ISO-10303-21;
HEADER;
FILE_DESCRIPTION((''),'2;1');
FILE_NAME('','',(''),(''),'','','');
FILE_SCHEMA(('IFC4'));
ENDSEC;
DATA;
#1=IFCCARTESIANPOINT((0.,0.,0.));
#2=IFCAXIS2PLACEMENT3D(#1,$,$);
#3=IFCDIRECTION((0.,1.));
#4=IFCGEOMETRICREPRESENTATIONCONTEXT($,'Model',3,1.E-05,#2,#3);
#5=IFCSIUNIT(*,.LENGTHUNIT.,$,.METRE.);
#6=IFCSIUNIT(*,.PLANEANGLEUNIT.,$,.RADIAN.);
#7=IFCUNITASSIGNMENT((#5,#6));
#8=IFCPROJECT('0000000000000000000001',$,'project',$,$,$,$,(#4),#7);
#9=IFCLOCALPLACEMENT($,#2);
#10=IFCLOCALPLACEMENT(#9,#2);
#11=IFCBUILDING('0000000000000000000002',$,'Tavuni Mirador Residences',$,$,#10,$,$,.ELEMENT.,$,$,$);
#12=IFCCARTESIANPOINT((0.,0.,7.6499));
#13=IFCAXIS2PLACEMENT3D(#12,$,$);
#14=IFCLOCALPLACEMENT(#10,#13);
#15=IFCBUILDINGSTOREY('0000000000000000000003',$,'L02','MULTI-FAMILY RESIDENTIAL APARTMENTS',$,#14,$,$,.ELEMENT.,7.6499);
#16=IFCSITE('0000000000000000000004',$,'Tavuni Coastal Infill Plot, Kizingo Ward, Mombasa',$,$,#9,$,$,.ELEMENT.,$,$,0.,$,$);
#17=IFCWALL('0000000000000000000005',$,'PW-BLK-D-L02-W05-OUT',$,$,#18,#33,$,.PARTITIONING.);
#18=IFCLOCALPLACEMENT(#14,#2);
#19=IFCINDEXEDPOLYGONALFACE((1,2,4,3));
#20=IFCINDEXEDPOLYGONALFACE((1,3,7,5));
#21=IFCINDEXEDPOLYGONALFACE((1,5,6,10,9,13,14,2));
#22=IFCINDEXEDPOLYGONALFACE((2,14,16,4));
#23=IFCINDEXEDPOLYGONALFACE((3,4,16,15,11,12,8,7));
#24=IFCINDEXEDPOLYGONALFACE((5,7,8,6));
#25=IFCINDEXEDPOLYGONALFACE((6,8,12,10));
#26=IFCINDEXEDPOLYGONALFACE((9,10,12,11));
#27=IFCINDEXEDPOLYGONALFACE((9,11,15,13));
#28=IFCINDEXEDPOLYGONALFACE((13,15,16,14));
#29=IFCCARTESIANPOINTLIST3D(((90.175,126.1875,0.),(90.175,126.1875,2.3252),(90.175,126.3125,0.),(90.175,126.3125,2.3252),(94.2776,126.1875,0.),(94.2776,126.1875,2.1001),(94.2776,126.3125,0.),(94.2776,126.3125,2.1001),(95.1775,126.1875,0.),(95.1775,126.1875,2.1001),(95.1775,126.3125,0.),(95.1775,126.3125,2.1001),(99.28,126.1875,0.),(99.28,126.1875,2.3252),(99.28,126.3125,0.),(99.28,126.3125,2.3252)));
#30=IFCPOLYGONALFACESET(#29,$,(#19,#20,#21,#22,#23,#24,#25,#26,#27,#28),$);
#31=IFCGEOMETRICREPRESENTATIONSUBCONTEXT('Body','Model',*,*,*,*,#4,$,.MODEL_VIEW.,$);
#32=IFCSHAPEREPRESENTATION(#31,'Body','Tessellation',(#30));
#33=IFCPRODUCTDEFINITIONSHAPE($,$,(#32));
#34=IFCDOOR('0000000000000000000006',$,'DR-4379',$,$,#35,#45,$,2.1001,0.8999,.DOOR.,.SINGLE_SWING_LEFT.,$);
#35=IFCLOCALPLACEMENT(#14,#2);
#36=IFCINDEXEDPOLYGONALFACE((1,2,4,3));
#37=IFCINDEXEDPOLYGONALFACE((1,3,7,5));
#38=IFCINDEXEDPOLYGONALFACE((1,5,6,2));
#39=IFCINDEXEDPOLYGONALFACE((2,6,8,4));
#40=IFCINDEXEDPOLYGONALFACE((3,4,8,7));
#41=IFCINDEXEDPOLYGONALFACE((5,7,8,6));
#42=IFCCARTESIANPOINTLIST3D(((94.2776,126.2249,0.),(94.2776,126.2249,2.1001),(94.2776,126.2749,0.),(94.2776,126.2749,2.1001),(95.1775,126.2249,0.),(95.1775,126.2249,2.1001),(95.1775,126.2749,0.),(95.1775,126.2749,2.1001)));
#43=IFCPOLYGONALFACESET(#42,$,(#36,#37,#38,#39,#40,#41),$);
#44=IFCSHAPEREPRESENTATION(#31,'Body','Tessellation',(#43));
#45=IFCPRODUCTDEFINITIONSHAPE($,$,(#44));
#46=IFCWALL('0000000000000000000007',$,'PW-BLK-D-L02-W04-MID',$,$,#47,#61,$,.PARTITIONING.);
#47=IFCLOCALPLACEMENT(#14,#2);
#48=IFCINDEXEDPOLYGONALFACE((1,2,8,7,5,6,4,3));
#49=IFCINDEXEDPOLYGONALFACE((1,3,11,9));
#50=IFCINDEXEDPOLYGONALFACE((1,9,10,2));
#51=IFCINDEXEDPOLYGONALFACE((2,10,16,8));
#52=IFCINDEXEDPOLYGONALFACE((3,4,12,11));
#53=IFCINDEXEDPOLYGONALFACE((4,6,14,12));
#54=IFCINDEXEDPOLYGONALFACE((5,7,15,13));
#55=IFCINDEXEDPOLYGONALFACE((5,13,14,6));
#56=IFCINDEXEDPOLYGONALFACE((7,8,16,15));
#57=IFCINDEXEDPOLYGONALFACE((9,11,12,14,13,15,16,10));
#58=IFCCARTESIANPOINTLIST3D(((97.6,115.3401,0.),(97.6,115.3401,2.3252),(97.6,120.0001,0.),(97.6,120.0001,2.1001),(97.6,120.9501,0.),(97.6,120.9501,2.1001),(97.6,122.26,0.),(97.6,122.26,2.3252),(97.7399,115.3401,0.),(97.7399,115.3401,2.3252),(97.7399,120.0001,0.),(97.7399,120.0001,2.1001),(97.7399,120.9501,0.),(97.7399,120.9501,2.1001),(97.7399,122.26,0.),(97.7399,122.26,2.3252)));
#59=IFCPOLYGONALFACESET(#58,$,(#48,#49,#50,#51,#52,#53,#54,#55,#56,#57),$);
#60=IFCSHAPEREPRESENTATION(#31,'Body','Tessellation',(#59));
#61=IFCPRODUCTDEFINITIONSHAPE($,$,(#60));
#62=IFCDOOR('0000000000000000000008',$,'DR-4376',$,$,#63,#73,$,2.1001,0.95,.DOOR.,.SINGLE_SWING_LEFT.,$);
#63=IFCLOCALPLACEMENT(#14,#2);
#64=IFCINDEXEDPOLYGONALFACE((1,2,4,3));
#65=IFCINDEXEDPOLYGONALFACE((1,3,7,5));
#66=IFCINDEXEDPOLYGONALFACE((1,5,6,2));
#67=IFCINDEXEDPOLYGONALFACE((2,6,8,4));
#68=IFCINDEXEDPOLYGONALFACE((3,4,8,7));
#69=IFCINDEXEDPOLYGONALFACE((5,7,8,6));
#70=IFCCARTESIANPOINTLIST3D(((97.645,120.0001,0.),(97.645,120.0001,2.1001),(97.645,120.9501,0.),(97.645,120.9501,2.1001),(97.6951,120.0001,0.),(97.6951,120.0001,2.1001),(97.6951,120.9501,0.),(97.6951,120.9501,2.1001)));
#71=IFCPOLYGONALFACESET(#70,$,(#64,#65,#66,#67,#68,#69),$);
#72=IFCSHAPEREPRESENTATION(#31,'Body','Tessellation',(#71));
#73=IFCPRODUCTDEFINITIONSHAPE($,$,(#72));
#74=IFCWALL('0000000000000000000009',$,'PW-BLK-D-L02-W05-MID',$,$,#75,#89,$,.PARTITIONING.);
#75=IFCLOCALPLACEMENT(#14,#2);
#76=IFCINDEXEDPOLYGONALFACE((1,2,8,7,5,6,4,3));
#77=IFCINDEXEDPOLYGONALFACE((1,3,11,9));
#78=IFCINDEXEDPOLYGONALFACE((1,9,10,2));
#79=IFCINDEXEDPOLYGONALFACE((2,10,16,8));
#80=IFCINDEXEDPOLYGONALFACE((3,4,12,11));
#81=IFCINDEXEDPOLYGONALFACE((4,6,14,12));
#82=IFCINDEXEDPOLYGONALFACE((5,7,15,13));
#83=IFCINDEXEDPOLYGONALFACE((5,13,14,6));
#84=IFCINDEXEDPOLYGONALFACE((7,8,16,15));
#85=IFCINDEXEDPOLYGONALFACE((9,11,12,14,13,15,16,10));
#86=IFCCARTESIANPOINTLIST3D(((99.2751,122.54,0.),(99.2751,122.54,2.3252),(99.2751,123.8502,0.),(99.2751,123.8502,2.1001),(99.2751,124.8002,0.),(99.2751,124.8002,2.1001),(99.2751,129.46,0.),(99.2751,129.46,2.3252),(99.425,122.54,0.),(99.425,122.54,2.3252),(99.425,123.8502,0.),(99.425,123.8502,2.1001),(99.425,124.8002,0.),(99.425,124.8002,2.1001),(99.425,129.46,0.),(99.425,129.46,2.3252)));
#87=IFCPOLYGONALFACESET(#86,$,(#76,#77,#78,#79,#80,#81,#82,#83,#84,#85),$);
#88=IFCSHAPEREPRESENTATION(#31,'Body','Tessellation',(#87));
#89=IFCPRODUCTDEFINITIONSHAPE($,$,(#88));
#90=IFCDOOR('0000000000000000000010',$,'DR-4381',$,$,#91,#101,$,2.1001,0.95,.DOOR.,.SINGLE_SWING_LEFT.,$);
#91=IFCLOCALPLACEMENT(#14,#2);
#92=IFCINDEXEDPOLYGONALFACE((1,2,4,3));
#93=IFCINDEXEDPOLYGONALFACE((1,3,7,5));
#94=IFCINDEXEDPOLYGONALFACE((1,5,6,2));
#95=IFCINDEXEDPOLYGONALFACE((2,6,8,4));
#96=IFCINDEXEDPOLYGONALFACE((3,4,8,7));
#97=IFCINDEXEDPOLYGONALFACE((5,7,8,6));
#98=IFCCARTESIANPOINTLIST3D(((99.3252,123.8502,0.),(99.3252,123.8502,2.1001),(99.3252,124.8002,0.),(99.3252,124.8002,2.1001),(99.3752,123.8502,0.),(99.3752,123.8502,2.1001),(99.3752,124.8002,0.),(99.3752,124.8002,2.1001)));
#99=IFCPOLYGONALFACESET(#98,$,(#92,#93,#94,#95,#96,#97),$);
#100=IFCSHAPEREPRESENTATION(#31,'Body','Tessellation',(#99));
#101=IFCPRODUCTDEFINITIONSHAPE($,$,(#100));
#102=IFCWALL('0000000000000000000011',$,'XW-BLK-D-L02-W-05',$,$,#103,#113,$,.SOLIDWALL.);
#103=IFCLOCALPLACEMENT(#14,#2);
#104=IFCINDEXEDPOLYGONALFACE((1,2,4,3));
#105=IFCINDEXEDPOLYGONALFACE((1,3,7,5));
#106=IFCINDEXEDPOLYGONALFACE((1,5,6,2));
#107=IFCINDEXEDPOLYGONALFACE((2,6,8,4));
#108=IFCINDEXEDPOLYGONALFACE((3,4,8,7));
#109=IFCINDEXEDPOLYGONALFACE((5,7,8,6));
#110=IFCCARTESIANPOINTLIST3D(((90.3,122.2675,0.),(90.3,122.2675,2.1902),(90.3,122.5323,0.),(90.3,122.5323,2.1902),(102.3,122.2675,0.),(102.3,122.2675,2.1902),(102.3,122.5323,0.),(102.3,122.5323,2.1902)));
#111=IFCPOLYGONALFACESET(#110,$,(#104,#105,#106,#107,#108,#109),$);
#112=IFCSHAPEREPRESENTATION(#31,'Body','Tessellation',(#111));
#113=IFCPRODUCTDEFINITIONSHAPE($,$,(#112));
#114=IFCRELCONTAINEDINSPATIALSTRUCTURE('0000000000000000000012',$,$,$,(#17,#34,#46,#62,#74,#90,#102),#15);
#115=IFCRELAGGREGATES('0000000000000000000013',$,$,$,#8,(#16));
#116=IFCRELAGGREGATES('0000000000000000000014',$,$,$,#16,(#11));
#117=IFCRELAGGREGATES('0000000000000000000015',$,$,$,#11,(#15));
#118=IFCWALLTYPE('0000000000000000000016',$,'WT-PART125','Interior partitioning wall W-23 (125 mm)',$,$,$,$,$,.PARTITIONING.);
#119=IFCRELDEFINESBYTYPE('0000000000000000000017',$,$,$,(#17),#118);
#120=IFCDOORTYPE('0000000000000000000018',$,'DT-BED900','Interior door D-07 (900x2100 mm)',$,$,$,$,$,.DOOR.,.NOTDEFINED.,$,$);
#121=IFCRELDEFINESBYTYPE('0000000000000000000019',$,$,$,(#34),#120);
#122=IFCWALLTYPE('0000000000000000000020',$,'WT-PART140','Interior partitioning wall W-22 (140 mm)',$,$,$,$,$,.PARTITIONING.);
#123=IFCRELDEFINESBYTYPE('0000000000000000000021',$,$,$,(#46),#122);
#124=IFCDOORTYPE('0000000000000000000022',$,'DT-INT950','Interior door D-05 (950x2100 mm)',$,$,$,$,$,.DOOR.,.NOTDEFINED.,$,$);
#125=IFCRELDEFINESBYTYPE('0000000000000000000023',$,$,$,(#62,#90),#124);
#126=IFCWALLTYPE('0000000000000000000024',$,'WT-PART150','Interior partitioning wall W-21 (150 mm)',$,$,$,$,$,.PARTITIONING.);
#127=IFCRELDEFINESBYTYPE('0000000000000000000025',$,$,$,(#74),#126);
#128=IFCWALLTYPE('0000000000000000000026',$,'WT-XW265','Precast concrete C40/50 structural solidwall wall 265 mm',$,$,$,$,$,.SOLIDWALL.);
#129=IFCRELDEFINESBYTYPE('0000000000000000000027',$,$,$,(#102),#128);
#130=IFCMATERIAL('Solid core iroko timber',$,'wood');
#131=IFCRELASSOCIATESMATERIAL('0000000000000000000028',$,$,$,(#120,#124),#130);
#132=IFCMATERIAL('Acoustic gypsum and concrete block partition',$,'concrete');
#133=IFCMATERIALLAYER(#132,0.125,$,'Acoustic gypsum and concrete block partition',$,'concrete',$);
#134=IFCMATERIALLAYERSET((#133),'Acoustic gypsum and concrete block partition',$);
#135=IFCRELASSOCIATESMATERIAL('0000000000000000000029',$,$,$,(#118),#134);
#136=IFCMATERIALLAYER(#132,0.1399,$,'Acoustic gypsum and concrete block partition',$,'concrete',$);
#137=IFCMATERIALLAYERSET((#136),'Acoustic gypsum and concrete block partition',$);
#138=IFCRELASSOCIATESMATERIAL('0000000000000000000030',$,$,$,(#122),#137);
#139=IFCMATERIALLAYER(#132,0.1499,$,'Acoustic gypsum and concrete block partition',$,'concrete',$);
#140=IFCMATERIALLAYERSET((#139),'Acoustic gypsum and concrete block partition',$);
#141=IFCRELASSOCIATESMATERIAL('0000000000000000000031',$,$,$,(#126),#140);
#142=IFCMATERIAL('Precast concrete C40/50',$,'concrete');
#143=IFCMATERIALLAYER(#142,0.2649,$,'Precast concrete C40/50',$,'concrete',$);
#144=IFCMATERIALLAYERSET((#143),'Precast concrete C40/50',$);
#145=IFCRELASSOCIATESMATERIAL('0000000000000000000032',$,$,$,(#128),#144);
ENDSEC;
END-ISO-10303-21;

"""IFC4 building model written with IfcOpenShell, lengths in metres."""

from ifc_helpers import new_model, si_unit, direction, frame, frame_2d, origin, place, context, subcontext, project, spatial, rectangle, extrude, material, layer, layer_set, type_object, element, fill, save


model = new_model("IFC4")

# Units and contexts
model_context = context("Model", 3, precision=1e-05, world=origin(), true_north=direction((0.0, 1.0)))
body_context = subcontext(model_context, "Body", "Model", "MODEL_VIEW")
ifc_project = project(units=[si_unit("LENGTHUNIT", "METRE"), si_unit("PLANEANGLEUNIT", "RADIAN")], contexts=[model_context])

# Site, building, storey
site_placement = place(None, origin())
site = spatial("IfcSite", under=ifc_project, at=site_placement, Name="Tavuni Coastal Infill Plot, Kizingo Ward, Mombasa", CompositionType="ELEMENT", RefElevation=0.0)
building_placement = place(site_placement, origin())
building = spatial("IfcBuilding", under=site, at=building_placement, Name="Tavuni Mirador Residences", CompositionType="ELEMENT")
storey_placement = place(building_placement, frame((0.0, 0.0, 7.6499)))
storey = spatial("IfcBuildingStorey", under=building, at=storey_placement, Name="L02", Description="MULTI-FAMILY RESIDENTIAL APARTMENTS", CompositionType="ELEMENT", Elevation=7.6499)

# Shared definitions
ifc_material_1 = material(Name="Precast concrete C40/50", Category="concrete")

# Shared definitions
ifc_material_2 = material(Name="Solid core iroko timber", Category="wood")

# Walls, openings, doors
ifc_material_3 = material(Name="Acoustic gypsum and concrete block partition", Category="concrete")
door_type_1 = type_object("IfcDoorType", Name="DT-BED900", Description="Interior door D-07 (900x2100 mm)", OperationType="NOTDEFINED", PredefinedType="DOOR", material=ifc_material_2)
ifc_layer_1 = layer(ifc_material_3, 0.125, Name="Acoustic gypsum and concrete block partition", Category="concrete")
ifc_layer_set_1 = layer_set([ifc_layer_1], Name="Acoustic gypsum and concrete block partition")
wall_type_1 = type_object("IfcWallType", Name="WT-PART125", Description="Interior partitioning wall W-23 (125 mm)", PredefinedType="PARTITIONING", material=ifc_layer_set_1)
wall_1_placement = place(storey_placement, frame((90.175, 126.25, 0.0), z_axis=(0.0, 0.0, 1.0), x_axis=(1.0, 0.0, 0.0)))
wall_1 = element("IfcWall", 1, at=wall_1_placement, inside=storey, type_object=wall_type_1, Name="PW-BLK-D-L02-W05-OUT", PredefinedType="PARTITIONING", context=body_context, shape_type="SweptSolid", body=[
    extrude(rectangle(XDim=9.105, YDim=0.125, at=frame_2d((4.5525, 0.0))), origin(), (0.0, 0.0, 1.0), 2.3252),
])
opening_1_placement = place(wall_1_placement, frame((4.1025, 0.0, 0.0)))
opening_1 = element("IfcOpeningElement", 2, at=opening_1_placement, cuts=wall_1, PredefinedType="OPENING", context=body_context, shape_type="SweptSolid", body=[
    extrude(rectangle(XDim=0.8999, YDim=2.1001, at=frame_2d((0.45, 1.05))), frame((0.0, 0.0725, 0.0), z_axis=(0.0, -1.0, 0.0), x_axis=(1.0, 0.0, 0.0)), (0.0, 0.0, 1.0), 0.145),
])
door_1_placement = place(opening_1_placement, origin())
door_1 = element("IfcDoor", 3, at=door_1_placement, inside=storey, type_object=door_type_1, Name="DR-4379", OperationType="SINGLE_SWING_LEFT", OverallHeight=2.1001, OverallWidth=0.8999, PredefinedType="DOOR", context=body_context, shape_type="SweptSolid", body=[
    extrude(rectangle(XDim=0.8999, YDim=2.1001, at=frame_2d((0.45, 1.05))), frame((0.0, 0.0249, 0.0), z_axis=(0.0, -1.0, 0.0), x_axis=(1.0, 0.0, 0.0)), (0.0, 0.0, 1.0), 0.05),
])
fill(opening_1, door_1)
ifc_layer_2 = layer(ifc_material_3, 0.1399, Name="Acoustic gypsum and concrete block partition", Category="concrete")
ifc_layer_set_2 = layer_set([ifc_layer_2], Name="Acoustic gypsum and concrete block partition")
wall_type_2 = type_object("IfcWallType", Name="WT-PART140", Description="Interior partitioning wall W-22 (140 mm)", PredefinedType="PARTITIONING", material=ifc_layer_set_2)
wall_2_placement = place(storey_placement, frame((97.6699, 115.3401, 0.0), z_axis=(0.0, 0.0, 1.0), x_axis=(0.0, 1.0, 0.0)))
wall_2 = element("IfcWall", 4, at=wall_2_placement, inside=storey, type_object=wall_type_2, Name="PW-BLK-D-L02-W04-MID", PredefinedType="PARTITIONING", context=body_context, shape_type="SweptSolid", body=[
    extrude(rectangle(XDim=6.9199, YDim=0.1399, at=frame_2d((3.46, 0.0))), origin(), (0.0, 0.0, 1.0), 2.3252),
])
opening_2_placement = place(wall_2_placement, frame((4.6599, 0.0, 0.0)))
opening_2 = element("IfcOpeningElement", 5, at=opening_2_placement, cuts=wall_2, PredefinedType="OPENING", context=body_context, shape_type="SweptSolid", body=[
    extrude(rectangle(XDim=0.95, YDim=2.1001, at=frame_2d((0.4751, 1.05))), frame((0.0, 0.0801, 0.0), z_axis=(0.0, -1.0, 0.0), x_axis=(1.0, 0.0, 0.0)), (0.0, 0.0, 1.0), 0.1599),
])
door_type_2 = type_object("IfcDoorType", Name="DT-INT950", Description="Interior door D-05 (950x2100 mm)", OperationType="NOTDEFINED", PredefinedType="DOOR", material=ifc_material_2)
door_2_placement = place(opening_2_placement, origin())
door_2 = element("IfcDoor", 6, at=door_2_placement, inside=storey, type_object=door_type_2, Name="DR-4376", OperationType="SINGLE_SWING_LEFT", OverallHeight=2.1001, OverallWidth=0.95, PredefinedType="DOOR", context=body_context, shape_type="SweptSolid", body=[
    extrude(rectangle(XDim=0.95, YDim=2.1001, at=frame_2d((0.4751, 1.05))), frame((0.0, 0.0249, 0.0), z_axis=(0.0, -1.0, 0.0), x_axis=(1.0, 0.0, 0.0)), (0.0, 0.0, 1.0), 0.05),
])
fill(opening_2, door_2)
ifc_layer_3 = layer(ifc_material_3, 0.1499, Name="Acoustic gypsum and concrete block partition", Category="concrete")
ifc_layer_set_3 = layer_set([ifc_layer_3], Name="Acoustic gypsum and concrete block partition")
wall_type_3 = type_object("IfcWallType", Name="WT-PART150", Description="Interior partitioning wall W-21 (150 mm)", PredefinedType="PARTITIONING", material=ifc_layer_set_3)
wall_3_placement = place(storey_placement, frame((99.3501, 122.54, 0.0), z_axis=(0.0, 0.0, 1.0), x_axis=(0.0, 1.0, 0.0)))
wall_3 = element("IfcWall", 7, at=wall_3_placement, inside=storey, type_object=wall_type_3, Name="PW-BLK-D-L02-W05-MID", PredefinedType="PARTITIONING", context=body_context, shape_type="SweptSolid", body=[
    extrude(rectangle(XDim=6.9199, YDim=0.1499, at=frame_2d((3.46, 0.0))), origin(), (0.0, 0.0, 1.0), 2.3252),
])
opening_3_placement = place(wall_3_placement, frame((1.3101, 0.0, 0.0)))
opening_3 = element("IfcOpeningElement", 8, at=opening_3_placement, cuts=wall_3, PredefinedType="OPENING", context=body_context, shape_type="SweptSolid", body=[
    extrude(rectangle(XDim=0.95, YDim=2.1001, at=frame_2d((0.4751, 1.05))), frame((0.0, 0.085, 0.0), z_axis=(0.0, -1.0, 0.0), x_axis=(1.0, 0.0, 0.0)), (0.0, 0.0, 1.0), 0.1699),
])
door_3_placement = place(opening_3_placement, origin())
door_3 = element("IfcDoor", 9, at=door_3_placement, inside=storey, type_object=door_type_2, Name="DR-4381", OperationType="SINGLE_SWING_LEFT", OverallHeight=2.1001, OverallWidth=0.95, PredefinedType="DOOR", context=body_context, shape_type="SweptSolid", body=[
    extrude(rectangle(XDim=0.95, YDim=2.1001, at=frame_2d((0.4751, 1.05))), frame((0.0, 0.0249, 0.0), z_axis=(0.0, -1.0, 0.0), x_axis=(1.0, 0.0, 0.0)), (0.0, 0.0, 1.0), 0.05),
])
fill(opening_3, door_3)

# Wall
ifc_layer_4 = layer(ifc_material_1, 0.2649, Name="Precast concrete C40/50", Category="concrete")
ifc_layer_set_4 = layer_set([ifc_layer_4], Name="Precast concrete C40/50")
wall_type_4 = type_object("IfcWallType", Name="WT-XW265", Description="Precast concrete C40/50 structural solidwall wall 265 mm", PredefinedType="SOLIDWALL", material=ifc_layer_set_4)
wall_4_placement = place(storey_placement, frame((90.3, 122.3999, 0.0), z_axis=(0.0, 0.0, 1.0), x_axis=(1.0, 0.0, 0.0)))
element("IfcWall", 10, at=wall_4_placement, inside=storey, type_object=wall_type_4, Name="XW-BLK-D-L02-W-05", PredefinedType="SOLIDWALL", context=body_context, shape_type="SweptSolid", body=[
    extrude(rectangle(XDim=12.0, YDim=0.2649, at=frame_2d((6.0, 0.0))), origin(), (0.0, 0.0, 1.0), 2.1902),
])

save(model, "model.ifc")
